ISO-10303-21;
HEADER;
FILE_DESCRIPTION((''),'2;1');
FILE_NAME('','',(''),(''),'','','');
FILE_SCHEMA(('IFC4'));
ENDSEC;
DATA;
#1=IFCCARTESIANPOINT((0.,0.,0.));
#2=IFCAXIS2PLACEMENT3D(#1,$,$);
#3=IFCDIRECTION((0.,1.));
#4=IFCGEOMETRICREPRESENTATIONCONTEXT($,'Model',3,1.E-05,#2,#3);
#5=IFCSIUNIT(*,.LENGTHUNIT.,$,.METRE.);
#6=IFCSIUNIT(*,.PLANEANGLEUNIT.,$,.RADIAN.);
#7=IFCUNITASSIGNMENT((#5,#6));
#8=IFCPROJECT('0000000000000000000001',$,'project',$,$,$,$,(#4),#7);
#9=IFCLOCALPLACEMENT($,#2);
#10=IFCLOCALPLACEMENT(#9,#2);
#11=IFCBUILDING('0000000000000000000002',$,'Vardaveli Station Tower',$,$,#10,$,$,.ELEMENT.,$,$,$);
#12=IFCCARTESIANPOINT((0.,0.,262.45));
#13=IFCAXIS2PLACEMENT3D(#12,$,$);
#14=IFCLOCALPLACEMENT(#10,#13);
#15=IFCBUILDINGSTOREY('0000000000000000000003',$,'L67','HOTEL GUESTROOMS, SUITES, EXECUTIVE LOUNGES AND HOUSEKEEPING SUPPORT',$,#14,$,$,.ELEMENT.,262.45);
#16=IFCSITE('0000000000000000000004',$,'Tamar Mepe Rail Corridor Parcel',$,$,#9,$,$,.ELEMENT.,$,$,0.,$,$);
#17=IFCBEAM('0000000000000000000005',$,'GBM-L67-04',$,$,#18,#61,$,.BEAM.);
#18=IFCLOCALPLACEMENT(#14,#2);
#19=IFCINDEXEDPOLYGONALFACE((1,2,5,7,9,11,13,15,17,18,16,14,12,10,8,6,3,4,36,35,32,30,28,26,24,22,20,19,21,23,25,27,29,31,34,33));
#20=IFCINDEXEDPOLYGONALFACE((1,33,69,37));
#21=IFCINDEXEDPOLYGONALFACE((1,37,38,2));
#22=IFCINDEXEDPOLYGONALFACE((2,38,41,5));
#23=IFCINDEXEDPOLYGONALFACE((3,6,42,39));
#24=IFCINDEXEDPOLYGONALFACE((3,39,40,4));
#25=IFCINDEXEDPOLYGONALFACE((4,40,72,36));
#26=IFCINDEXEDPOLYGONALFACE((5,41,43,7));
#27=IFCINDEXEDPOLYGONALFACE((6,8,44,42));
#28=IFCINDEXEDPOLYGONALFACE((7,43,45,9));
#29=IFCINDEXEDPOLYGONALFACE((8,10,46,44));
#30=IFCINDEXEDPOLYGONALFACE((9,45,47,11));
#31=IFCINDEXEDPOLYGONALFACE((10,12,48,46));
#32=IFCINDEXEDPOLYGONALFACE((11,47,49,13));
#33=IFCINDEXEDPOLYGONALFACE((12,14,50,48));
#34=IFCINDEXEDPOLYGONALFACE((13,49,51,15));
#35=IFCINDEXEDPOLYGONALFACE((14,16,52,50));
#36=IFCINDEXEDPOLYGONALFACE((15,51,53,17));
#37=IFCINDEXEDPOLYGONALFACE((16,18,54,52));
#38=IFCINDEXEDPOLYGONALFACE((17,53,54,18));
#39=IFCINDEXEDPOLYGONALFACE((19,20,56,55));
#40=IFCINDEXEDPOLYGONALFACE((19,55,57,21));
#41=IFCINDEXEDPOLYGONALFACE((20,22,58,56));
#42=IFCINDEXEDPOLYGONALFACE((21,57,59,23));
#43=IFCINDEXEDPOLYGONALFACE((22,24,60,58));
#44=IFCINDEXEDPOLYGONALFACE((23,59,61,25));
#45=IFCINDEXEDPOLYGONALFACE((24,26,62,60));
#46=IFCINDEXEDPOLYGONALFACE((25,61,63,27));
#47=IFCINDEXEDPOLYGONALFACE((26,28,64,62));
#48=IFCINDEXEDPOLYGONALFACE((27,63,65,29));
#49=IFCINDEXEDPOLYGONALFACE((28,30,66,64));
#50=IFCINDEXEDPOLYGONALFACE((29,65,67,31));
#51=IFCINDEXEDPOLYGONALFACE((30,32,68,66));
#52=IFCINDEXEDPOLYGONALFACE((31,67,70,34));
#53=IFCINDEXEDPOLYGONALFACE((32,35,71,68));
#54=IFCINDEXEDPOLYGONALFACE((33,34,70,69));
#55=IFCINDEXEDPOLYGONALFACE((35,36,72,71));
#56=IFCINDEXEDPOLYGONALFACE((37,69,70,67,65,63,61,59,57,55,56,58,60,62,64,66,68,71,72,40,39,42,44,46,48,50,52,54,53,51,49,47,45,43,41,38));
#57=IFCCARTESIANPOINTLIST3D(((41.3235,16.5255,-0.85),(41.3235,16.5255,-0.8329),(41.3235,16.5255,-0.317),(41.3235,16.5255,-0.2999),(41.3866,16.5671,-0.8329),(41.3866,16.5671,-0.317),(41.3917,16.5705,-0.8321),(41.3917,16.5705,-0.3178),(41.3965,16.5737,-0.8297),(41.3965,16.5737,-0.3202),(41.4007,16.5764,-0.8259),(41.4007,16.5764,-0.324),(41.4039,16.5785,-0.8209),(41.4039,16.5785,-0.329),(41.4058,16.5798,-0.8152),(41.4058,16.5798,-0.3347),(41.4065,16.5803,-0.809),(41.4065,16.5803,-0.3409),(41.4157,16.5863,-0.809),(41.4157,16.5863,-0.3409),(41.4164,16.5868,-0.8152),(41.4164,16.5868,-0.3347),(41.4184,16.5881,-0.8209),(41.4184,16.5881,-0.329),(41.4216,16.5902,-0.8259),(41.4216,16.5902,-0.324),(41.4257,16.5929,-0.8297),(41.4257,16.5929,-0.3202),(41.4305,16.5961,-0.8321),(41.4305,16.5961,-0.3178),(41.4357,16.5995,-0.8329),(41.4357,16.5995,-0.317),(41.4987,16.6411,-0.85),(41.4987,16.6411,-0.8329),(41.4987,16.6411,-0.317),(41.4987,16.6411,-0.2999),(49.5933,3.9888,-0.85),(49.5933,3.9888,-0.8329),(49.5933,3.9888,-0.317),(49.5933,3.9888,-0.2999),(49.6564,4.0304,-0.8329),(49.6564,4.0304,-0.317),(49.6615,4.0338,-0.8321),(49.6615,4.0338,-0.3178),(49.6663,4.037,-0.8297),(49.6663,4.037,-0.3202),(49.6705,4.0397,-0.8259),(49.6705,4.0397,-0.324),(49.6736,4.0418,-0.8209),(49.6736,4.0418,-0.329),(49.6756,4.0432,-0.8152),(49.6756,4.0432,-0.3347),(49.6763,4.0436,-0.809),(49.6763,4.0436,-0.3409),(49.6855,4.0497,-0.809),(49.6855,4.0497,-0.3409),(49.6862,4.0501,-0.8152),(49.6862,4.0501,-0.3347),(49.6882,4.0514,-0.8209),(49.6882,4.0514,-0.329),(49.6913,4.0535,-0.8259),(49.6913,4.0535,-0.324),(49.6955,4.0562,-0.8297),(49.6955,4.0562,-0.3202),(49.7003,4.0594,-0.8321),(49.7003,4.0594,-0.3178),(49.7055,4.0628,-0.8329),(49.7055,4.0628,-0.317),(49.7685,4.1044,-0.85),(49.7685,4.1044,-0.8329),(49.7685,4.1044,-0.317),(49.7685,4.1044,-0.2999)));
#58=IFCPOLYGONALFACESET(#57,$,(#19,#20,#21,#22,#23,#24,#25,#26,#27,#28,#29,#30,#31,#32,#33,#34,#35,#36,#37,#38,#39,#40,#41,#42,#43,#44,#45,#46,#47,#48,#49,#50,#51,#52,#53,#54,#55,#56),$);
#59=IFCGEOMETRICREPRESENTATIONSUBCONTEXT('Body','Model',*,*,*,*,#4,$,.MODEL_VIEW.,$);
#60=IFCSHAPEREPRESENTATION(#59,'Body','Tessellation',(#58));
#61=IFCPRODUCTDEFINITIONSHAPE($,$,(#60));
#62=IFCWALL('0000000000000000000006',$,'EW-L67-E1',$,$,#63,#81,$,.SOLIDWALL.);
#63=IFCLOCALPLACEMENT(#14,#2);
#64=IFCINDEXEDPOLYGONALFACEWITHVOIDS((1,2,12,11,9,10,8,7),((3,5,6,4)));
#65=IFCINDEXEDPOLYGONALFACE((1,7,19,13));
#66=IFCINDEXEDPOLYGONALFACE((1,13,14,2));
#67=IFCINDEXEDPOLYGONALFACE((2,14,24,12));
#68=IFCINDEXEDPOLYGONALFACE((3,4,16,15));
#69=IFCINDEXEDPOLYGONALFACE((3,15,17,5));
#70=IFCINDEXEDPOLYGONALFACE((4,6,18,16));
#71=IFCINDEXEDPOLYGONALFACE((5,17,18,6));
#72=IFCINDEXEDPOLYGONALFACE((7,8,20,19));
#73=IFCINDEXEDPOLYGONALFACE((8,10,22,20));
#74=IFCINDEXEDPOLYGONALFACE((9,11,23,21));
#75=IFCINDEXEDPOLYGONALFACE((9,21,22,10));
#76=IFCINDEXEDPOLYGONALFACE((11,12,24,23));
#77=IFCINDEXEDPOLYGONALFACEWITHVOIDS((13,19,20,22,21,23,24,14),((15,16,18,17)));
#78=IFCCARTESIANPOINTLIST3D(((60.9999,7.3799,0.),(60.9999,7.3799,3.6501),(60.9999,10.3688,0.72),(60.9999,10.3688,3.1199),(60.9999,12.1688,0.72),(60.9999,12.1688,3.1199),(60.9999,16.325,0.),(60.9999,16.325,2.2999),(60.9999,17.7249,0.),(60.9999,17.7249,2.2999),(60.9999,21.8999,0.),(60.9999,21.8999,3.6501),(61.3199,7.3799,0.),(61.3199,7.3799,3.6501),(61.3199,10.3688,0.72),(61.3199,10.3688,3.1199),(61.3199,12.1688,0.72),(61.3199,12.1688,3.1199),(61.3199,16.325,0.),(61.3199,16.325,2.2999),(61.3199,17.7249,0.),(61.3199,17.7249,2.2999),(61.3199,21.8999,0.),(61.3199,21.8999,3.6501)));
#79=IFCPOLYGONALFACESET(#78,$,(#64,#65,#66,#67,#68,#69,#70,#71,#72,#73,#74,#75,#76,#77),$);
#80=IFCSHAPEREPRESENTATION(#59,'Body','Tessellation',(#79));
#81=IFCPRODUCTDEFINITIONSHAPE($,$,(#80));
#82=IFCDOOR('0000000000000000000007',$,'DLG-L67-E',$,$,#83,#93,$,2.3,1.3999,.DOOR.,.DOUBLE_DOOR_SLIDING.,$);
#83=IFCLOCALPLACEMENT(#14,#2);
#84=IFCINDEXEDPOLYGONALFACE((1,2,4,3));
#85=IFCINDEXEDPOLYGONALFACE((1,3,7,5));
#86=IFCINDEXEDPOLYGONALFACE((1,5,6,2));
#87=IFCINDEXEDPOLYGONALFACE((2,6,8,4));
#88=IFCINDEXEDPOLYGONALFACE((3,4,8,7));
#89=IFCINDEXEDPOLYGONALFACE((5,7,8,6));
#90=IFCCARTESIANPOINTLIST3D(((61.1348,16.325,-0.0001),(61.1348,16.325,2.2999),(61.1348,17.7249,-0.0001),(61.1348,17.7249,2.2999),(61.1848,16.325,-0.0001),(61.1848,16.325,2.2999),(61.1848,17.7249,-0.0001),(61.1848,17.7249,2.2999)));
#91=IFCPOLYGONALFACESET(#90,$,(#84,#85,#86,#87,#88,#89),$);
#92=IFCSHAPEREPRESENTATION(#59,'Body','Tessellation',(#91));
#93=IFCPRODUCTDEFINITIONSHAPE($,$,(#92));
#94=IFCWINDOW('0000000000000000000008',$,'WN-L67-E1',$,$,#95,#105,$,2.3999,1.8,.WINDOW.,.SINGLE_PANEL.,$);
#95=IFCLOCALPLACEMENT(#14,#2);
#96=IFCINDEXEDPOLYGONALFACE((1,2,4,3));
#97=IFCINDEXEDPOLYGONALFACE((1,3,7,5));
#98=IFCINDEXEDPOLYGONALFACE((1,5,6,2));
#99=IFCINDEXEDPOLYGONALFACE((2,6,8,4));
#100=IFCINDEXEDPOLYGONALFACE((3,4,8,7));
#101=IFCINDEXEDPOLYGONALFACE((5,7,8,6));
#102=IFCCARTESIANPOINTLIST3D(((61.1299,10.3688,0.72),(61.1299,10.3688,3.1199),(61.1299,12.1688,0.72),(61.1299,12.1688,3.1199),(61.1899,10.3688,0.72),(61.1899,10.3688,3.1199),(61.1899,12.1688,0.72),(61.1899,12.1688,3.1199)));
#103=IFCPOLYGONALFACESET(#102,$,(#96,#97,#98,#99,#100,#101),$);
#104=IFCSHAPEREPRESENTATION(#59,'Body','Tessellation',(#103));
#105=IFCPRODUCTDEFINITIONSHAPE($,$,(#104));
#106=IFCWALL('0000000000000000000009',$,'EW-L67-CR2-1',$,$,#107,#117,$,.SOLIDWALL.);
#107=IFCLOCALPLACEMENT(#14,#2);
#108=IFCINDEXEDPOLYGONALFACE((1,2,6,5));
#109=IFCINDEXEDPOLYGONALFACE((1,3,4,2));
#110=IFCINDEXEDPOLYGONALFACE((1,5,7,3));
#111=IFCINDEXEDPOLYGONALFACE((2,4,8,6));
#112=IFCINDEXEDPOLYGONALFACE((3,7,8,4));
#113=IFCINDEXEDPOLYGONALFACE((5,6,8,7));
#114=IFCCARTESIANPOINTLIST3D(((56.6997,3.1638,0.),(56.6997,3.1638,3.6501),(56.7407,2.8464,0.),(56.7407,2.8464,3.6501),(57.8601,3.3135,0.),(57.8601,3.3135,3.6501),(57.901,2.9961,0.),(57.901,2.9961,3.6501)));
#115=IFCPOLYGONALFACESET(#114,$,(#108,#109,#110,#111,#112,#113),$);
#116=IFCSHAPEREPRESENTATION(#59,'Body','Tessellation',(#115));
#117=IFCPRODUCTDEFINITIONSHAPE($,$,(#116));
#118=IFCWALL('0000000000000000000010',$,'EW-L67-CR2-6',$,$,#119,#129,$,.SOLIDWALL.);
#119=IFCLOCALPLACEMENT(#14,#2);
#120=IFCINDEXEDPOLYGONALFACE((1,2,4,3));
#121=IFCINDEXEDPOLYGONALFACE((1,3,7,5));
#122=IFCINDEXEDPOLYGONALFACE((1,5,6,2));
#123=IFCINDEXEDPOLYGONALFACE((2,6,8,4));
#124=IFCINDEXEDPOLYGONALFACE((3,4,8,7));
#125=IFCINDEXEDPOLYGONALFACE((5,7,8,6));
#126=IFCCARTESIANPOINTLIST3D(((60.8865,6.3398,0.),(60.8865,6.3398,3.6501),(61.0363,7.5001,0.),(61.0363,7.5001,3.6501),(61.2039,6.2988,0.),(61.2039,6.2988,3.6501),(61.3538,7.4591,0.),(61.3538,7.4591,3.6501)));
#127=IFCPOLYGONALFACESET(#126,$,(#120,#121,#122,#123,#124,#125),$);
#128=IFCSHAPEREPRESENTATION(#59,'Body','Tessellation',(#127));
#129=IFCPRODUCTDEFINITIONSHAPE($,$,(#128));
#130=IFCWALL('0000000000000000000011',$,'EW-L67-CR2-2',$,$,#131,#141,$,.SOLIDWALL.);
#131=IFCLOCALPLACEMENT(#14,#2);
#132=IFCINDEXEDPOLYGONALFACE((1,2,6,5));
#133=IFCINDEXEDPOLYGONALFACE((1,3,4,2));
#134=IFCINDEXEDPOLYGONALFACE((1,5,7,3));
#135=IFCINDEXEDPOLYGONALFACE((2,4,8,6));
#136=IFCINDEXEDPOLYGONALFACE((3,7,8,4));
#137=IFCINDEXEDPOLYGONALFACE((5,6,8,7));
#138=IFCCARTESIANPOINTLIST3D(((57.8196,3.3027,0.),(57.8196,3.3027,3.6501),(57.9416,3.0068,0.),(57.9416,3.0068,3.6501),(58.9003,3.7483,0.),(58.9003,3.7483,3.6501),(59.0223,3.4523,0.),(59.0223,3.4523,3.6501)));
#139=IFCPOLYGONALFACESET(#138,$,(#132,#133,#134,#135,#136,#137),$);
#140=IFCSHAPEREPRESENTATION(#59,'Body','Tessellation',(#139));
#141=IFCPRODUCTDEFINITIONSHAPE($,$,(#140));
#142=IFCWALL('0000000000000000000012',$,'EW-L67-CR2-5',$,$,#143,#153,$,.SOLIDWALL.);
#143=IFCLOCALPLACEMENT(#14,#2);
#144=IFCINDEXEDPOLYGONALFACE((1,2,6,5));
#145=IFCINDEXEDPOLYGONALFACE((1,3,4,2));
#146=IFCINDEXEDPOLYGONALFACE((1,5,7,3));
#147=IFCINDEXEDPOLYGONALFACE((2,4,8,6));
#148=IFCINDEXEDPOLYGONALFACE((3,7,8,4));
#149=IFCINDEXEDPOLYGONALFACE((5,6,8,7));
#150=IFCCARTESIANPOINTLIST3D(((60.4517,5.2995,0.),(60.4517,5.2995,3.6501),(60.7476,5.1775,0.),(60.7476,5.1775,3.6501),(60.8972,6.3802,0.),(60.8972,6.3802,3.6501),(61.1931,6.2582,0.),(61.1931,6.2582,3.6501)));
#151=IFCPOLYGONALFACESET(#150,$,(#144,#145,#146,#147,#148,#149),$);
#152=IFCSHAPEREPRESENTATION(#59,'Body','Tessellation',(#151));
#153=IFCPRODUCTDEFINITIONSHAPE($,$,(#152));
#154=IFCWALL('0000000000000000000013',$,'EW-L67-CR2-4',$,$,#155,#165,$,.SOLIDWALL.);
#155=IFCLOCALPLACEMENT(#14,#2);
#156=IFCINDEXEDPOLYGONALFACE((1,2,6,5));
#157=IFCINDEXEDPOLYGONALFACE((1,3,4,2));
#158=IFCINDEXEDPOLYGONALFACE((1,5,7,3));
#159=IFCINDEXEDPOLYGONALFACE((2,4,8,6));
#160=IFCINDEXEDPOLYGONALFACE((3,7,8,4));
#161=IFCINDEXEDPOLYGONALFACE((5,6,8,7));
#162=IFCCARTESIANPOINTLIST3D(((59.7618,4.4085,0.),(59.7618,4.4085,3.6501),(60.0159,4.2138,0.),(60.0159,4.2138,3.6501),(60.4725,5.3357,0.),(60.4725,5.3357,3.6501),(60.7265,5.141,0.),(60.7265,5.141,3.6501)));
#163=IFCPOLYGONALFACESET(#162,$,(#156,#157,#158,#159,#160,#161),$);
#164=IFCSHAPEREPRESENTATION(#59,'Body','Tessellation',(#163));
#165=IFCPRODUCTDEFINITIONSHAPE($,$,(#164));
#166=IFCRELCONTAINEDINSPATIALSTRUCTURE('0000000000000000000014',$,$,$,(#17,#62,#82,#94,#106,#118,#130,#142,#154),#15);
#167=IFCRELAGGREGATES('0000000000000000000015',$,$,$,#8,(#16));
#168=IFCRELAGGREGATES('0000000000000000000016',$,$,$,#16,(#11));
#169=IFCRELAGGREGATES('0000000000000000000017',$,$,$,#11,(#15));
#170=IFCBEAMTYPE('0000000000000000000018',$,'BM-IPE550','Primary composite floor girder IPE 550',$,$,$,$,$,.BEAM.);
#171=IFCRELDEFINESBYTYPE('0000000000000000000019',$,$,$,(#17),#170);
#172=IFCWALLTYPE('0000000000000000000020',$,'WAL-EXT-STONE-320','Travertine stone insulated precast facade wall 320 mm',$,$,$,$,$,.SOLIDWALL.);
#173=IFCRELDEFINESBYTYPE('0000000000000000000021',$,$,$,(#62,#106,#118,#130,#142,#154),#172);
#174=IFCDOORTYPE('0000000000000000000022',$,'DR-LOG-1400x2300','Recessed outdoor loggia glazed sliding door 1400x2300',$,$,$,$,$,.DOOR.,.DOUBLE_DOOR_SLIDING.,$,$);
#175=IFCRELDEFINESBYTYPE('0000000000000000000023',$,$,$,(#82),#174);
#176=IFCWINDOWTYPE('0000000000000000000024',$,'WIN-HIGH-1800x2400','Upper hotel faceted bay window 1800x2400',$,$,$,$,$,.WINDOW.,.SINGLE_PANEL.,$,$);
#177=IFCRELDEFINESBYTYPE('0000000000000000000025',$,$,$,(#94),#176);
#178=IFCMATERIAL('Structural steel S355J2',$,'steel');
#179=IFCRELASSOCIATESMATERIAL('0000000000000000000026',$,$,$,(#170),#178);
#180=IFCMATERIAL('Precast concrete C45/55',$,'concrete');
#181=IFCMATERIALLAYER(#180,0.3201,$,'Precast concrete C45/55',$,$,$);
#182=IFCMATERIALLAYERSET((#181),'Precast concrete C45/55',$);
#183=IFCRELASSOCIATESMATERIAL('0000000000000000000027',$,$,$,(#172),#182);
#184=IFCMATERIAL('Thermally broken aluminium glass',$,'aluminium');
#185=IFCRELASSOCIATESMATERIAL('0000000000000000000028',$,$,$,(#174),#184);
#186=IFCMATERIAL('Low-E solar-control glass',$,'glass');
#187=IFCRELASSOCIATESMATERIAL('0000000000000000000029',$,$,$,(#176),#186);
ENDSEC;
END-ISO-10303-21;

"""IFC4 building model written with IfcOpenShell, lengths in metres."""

from ifc_helpers import new_model, si_unit, direction, frame, frame_2d, origin, origin_2d, place, context, subcontext, project, spatial, rectangle, i_section, extrude, source, transform, mapped, material, layer, layer_set, material_profile, profile_set, type_object, element, fill, save


model = new_model("IFC4")

# Units and contexts
model_context = context("Model", 3, precision=1e-05, world=origin(), true_north=direction((0.0, 1.0)))
body_context = subcontext(model_context, "Body", "Model", "MODEL_VIEW")
ifc_project = project(units=[si_unit("LENGTHUNIT", "METRE"), si_unit("PLANEANGLEUNIT", "RADIAN")], contexts=[model_context])

# Site, building, storey
site_placement = place(None, origin())
site = spatial("IfcSite", under=ifc_project, at=site_placement, Name="Tamar Mepe Rail Corridor Parcel", CompositionType="ELEMENT", RefElevation=0.0)
building_placement = place(site_placement, origin())
building = spatial("IfcBuilding", under=site, at=building_placement, Name="Vardaveli Station Tower", CompositionType="ELEMENT")
storey_placement = place(building_placement, frame((0.0, 0.0, 262.45)))
storey = spatial("IfcBuildingStorey", under=building, at=storey_placement, Name="L67", Description="HOTEL GUESTROOMS, SUITES, EXECUTIVE LOUNGES AND HOUSEKEEPING SUPPORT", CompositionType="ELEMENT", Elevation=262.45)

# Beam
ifc_material_1 = material(Name="Precast concrete C45/55", Category="concrete")
ifc_material_2 = material(Name="Structural steel S355J2", Category="steel")
ifc_material_profile_1 = material_profile(ifc_material_2, i_section(OverallWidth=0.21, OverallDepth=0.55, WebThickness=0.011, FlangeThickness=0.0171, FilletRadius=0.0239, at=origin_2d()), Name="IPE 550")
ifc_profile_set_1 = profile_set([ifc_material_profile_1], Name="Structural steel S355J2")
beam_type_1 = type_object("IfcBeamType", Name="BM-IPE550", Description="Primary composite floor girder IPE 550", PredefinedType="BEAM", material=ifc_profile_set_1)
shared_shape_1 = source(origin(), body_context, "Body", "SweptSolid", [
    extrude(i_section(OverallWidth=0.21, OverallDepth=0.55, WebThickness=0.011, FlangeThickness=0.0171, FilletRadius=0.0239, at=origin_2d()), origin(), (0.0, 0.0, 1.0), 15.0186),
])
beam_1_placement = place(storey_placement, frame((49.6809, 4.0466, -0.575), z_axis=(-0.550638, 0.834744, 0.0), x_axis=(-0.834744, -0.550638, 0.0)))
element("IfcBeam", 1, at=beam_1_placement, inside=storey, type_object=beam_type_1, Name="GBM-L67-04", PredefinedType="BEAM", context=body_context, shape_type="MappedRepresentation", body=[
    mapped(shared_shape_1, transform((0.0, 0.0, 0.0), scale=1.0)),
])

# Wall, openings, door, window
ifc_layer_1 = layer(ifc_material_1, 0.3201, Name="Precast concrete C45/55")
ifc_layer_set_1 = layer_set([ifc_layer_1], Name="Precast concrete C45/55")
wall_type_1 = type_object("IfcWallType", Name="WAL-EXT-STONE-320", Description="Travertine stone insulated precast facade wall 320 mm", PredefinedType="SOLIDWALL", material=ifc_layer_set_1)
shared_shape_2 = source(origin(), body_context, "Body", "SweptSolid", [
    extrude(rectangle(XDim=14.52, YDim=0.3201, at=frame_2d((7.26, 0.0))), origin(), (0.0, 0.0, 1.0), 3.6501),
])
wall_1_placement = place(storey_placement, frame((61.1599, 7.3799, 0.0), z_axis=(0.0, 0.0, 1.0), x_axis=(0.0, 1.0, 0.0)))
wall_1 = element("IfcWall", 2, at=wall_1_placement, inside=storey, type_object=wall_type_1, Name="EW-L67-E1", PredefinedType="SOLIDWALL", context=body_context, shape_type="MappedRepresentation", body=[
    mapped(shared_shape_2, transform((0.0, 0.0, 0.0), scale=1.0)),
])
shared_shape_3 = source(origin(), body_context, "Body", "SweptSolid", [
    extrude(rectangle(XDim=1.3999, YDim=2.3, at=frame_2d((0.7, 1.1499))), frame((0.0, 0.1699, 0.0), z_axis=(0.0, -1.0, 0.0), x_axis=(1.0, 0.0, 0.0)), (0.0, 0.0, 1.0), 0.3401),
])
opening_1_placement = place(wall_1_placement, frame((8.9451, 0.0, 0.0)))
opening_1 = element("IfcOpeningElement", 3, at=opening_1_placement, cuts=wall_1, PredefinedType="OPENING", context=body_context, shape_type="MappedRepresentation", body=[
    mapped(shared_shape_3, transform((0.0, 0.0, 0.0), scale=1.0)),
])
shared_shape_4 = source(origin(), body_context, "Body", "SweptSolid", [
    extrude(rectangle(XDim=1.8, YDim=2.3999, at=frame_2d((0.8999, 1.2))), frame((0.0, 0.1699, 0.0), z_axis=(0.0, -1.0, 0.0), x_axis=(1.0, 0.0, 0.0)), (0.0, 0.0, 1.0), 0.3401),
])
opening_2_placement = place(wall_1_placement, frame((2.989, 0.0, 0.72)))
opening_2 = element("IfcOpeningElement", 4, at=opening_2_placement, cuts=wall_1, PredefinedType="OPENING", context=body_context, shape_type="MappedRepresentation", body=[
    mapped(shared_shape_4, transform((0.0, 0.0, 0.0), scale=1.0)),
])
ifc_material_3 = material(Name="Thermally broken aluminium glass", Category="aluminium")
door_type_1 = type_object("IfcDoorType", Name="DR-LOG-1400x2300", Description="Recessed outdoor loggia glazed sliding door 1400x2300", OperationType="DOUBLE_DOOR_SLIDING", PredefinedType="DOOR", material=ifc_material_3)
shared_shape_5 = source(origin(), body_context, "Body", "SweptSolid", [
    extrude(rectangle(XDim=1.3999, YDim=2.3, at=frame_2d((0.7, 1.1499))), frame((0.0, 0.0249, 0.0), z_axis=(0.0, -1.0, 0.0), x_axis=(1.0, 0.0, 0.0)), (0.0, 0.0, 1.0), 0.05),
])
door_1_placement = place(opening_1_placement, frame((1.3999, 0.0, 0.0), z_axis=(0.0, 0.0, 1.0), x_axis=(-1.0, 0.0, 0.0)))
door_1 = element("IfcDoor", 5, at=door_1_placement, inside=storey, type_object=door_type_1, Name="DLG-L67-E", OperationType="DOUBLE_DOOR_SLIDING", OverallHeight=2.3, OverallWidth=1.3999, PredefinedType="DOOR", context=body_context, shape_type="MappedRepresentation", body=[
    mapped(shared_shape_5, transform((0.0, 0.0, 0.0), scale=1.0)),
])
fill(opening_1, door_1)
ifc_material_4 = material(Name="Low-E solar-control glass", Category="glass")
window_type = type_object("IfcWindowType", Name="WIN-HIGH-1800x2400", Description="Upper hotel faceted bay window 1800x2400", PartitioningType="SINGLE_PANEL", PredefinedType="WINDOW", material=ifc_material_4)
shared_shape_6 = source(origin(), body_context, "Body", "SweptSolid", [
    extrude(rectangle(XDim=1.8, YDim=2.3999, at=frame_2d((0.8999, 1.2))), frame((0.0, 0.03, 0.0), z_axis=(0.0, -1.0, 0.0), x_axis=(1.0, 0.0, 0.0)), (0.0, 0.0, 1.0), 0.0601),
])
window_placement = place(opening_2_placement, origin())
window = element("IfcWindow", 6, at=window_placement, inside=storey, type_object=window_type, Name="WN-L67-E1", OverallHeight=2.3999, OverallWidth=1.8, PartitioningType="SINGLE_PANEL", PredefinedType="WINDOW", context=body_context, shape_type="MappedRepresentation", body=[
    mapped(shared_shape_6, transform((0.0, 0.0, 0.0), scale=1.0)),
])
fill(opening_2, window)

# Walls
shared_shape_7 = source(origin(), body_context, "Body", "SweptSolid", [
    extrude(rectangle(XDim=1.1699, YDim=0.3201, at=frame_2d((0.585, 0.0))), origin(), (0.0, 0.0, 1.0), 3.6501),
])
for number, where, z_axis, x_axis, name in (
    (7, (56.7202, 3.0051, 0.0), (0.0, 0.0, 1.0), (0.991786, 0.127912, 0.0), "EW-L67-CR2-1"),
    (8, (61.0452, 6.3193, 0.0), (0.0, 0.0, 1.0), (0.128117, 0.991759, 0.0), "EW-L67-CR2-6"),
):
    element("IfcWall", number, at=place(storey_placement, frame(where, z_axis=z_axis, x_axis=x_axis)), inside=storey, type_object=wall_type_1, Name=name, PredefinedType="SOLIDWALL", context=body_context, shape_type="MappedRepresentation", body=[
        mapped(shared_shape_7, transform((0.0, 0.0, 0.0), scale=1.0)),
    ])
shared_shape_8 = source(origin(), body_context, "Body", "SweptSolid", [
    extrude(rectangle(XDim=1.1689, YDim=0.3201, at=frame_2d((0.5845, 0.0))), origin(), (0.0, 0.0, 1.0), 3.6501),
])
for number, where, z_axis, x_axis, name in (
    (9, (57.8806, 3.1548, 0.0), (0.0, 0.0, 1.0), (0.924522, 0.381128, 0.0), "EW-L67-CR2-2"),
    (10, (60.5996, 5.2385, 0.0), (0.0, 0.0, 1.0), (0.381128, 0.924522, 0.0), "EW-L67-CR2-5"),
):
    element("IfcWall", number, at=place(storey_placement, frame(where, z_axis=z_axis, x_axis=x_axis)), inside=storey, type_object=wall_type_1, Name=name, PredefinedType="SOLIDWALL", context=body_context, shape_type="MappedRepresentation", body=[
        mapped(shared_shape_8, transform((0.0, 0.0, 0.0), scale=1.0)),
    ])
shared_shape_9 = source(origin(), body_context, "Body", "SweptSolid", [
    extrude(rectangle(XDim=1.1682, YDim=0.3201, at=frame_2d((0.584, 0.0))), origin(), (0.0, 0.0, 1.0), 3.6501),
])
wall_2_placement = place(storey_placement, frame((59.8889, 4.3113, 0.0), z_axis=(0.0, 0.0, 1.0), x_axis=(0.608326, 0.793687, 0.0)))
element("IfcWall", 11, at=wall_2_placement, inside=storey, type_object=wall_type_1, Name="EW-L67-CR2-4", PredefinedType="SOLIDWALL", context=body_context, shape_type="MappedRepresentation", body=[
    mapped(shared_shape_9, transform((0.0, 0.0, 0.0), scale=1.0)),
])

save(model, "model.ifc")
